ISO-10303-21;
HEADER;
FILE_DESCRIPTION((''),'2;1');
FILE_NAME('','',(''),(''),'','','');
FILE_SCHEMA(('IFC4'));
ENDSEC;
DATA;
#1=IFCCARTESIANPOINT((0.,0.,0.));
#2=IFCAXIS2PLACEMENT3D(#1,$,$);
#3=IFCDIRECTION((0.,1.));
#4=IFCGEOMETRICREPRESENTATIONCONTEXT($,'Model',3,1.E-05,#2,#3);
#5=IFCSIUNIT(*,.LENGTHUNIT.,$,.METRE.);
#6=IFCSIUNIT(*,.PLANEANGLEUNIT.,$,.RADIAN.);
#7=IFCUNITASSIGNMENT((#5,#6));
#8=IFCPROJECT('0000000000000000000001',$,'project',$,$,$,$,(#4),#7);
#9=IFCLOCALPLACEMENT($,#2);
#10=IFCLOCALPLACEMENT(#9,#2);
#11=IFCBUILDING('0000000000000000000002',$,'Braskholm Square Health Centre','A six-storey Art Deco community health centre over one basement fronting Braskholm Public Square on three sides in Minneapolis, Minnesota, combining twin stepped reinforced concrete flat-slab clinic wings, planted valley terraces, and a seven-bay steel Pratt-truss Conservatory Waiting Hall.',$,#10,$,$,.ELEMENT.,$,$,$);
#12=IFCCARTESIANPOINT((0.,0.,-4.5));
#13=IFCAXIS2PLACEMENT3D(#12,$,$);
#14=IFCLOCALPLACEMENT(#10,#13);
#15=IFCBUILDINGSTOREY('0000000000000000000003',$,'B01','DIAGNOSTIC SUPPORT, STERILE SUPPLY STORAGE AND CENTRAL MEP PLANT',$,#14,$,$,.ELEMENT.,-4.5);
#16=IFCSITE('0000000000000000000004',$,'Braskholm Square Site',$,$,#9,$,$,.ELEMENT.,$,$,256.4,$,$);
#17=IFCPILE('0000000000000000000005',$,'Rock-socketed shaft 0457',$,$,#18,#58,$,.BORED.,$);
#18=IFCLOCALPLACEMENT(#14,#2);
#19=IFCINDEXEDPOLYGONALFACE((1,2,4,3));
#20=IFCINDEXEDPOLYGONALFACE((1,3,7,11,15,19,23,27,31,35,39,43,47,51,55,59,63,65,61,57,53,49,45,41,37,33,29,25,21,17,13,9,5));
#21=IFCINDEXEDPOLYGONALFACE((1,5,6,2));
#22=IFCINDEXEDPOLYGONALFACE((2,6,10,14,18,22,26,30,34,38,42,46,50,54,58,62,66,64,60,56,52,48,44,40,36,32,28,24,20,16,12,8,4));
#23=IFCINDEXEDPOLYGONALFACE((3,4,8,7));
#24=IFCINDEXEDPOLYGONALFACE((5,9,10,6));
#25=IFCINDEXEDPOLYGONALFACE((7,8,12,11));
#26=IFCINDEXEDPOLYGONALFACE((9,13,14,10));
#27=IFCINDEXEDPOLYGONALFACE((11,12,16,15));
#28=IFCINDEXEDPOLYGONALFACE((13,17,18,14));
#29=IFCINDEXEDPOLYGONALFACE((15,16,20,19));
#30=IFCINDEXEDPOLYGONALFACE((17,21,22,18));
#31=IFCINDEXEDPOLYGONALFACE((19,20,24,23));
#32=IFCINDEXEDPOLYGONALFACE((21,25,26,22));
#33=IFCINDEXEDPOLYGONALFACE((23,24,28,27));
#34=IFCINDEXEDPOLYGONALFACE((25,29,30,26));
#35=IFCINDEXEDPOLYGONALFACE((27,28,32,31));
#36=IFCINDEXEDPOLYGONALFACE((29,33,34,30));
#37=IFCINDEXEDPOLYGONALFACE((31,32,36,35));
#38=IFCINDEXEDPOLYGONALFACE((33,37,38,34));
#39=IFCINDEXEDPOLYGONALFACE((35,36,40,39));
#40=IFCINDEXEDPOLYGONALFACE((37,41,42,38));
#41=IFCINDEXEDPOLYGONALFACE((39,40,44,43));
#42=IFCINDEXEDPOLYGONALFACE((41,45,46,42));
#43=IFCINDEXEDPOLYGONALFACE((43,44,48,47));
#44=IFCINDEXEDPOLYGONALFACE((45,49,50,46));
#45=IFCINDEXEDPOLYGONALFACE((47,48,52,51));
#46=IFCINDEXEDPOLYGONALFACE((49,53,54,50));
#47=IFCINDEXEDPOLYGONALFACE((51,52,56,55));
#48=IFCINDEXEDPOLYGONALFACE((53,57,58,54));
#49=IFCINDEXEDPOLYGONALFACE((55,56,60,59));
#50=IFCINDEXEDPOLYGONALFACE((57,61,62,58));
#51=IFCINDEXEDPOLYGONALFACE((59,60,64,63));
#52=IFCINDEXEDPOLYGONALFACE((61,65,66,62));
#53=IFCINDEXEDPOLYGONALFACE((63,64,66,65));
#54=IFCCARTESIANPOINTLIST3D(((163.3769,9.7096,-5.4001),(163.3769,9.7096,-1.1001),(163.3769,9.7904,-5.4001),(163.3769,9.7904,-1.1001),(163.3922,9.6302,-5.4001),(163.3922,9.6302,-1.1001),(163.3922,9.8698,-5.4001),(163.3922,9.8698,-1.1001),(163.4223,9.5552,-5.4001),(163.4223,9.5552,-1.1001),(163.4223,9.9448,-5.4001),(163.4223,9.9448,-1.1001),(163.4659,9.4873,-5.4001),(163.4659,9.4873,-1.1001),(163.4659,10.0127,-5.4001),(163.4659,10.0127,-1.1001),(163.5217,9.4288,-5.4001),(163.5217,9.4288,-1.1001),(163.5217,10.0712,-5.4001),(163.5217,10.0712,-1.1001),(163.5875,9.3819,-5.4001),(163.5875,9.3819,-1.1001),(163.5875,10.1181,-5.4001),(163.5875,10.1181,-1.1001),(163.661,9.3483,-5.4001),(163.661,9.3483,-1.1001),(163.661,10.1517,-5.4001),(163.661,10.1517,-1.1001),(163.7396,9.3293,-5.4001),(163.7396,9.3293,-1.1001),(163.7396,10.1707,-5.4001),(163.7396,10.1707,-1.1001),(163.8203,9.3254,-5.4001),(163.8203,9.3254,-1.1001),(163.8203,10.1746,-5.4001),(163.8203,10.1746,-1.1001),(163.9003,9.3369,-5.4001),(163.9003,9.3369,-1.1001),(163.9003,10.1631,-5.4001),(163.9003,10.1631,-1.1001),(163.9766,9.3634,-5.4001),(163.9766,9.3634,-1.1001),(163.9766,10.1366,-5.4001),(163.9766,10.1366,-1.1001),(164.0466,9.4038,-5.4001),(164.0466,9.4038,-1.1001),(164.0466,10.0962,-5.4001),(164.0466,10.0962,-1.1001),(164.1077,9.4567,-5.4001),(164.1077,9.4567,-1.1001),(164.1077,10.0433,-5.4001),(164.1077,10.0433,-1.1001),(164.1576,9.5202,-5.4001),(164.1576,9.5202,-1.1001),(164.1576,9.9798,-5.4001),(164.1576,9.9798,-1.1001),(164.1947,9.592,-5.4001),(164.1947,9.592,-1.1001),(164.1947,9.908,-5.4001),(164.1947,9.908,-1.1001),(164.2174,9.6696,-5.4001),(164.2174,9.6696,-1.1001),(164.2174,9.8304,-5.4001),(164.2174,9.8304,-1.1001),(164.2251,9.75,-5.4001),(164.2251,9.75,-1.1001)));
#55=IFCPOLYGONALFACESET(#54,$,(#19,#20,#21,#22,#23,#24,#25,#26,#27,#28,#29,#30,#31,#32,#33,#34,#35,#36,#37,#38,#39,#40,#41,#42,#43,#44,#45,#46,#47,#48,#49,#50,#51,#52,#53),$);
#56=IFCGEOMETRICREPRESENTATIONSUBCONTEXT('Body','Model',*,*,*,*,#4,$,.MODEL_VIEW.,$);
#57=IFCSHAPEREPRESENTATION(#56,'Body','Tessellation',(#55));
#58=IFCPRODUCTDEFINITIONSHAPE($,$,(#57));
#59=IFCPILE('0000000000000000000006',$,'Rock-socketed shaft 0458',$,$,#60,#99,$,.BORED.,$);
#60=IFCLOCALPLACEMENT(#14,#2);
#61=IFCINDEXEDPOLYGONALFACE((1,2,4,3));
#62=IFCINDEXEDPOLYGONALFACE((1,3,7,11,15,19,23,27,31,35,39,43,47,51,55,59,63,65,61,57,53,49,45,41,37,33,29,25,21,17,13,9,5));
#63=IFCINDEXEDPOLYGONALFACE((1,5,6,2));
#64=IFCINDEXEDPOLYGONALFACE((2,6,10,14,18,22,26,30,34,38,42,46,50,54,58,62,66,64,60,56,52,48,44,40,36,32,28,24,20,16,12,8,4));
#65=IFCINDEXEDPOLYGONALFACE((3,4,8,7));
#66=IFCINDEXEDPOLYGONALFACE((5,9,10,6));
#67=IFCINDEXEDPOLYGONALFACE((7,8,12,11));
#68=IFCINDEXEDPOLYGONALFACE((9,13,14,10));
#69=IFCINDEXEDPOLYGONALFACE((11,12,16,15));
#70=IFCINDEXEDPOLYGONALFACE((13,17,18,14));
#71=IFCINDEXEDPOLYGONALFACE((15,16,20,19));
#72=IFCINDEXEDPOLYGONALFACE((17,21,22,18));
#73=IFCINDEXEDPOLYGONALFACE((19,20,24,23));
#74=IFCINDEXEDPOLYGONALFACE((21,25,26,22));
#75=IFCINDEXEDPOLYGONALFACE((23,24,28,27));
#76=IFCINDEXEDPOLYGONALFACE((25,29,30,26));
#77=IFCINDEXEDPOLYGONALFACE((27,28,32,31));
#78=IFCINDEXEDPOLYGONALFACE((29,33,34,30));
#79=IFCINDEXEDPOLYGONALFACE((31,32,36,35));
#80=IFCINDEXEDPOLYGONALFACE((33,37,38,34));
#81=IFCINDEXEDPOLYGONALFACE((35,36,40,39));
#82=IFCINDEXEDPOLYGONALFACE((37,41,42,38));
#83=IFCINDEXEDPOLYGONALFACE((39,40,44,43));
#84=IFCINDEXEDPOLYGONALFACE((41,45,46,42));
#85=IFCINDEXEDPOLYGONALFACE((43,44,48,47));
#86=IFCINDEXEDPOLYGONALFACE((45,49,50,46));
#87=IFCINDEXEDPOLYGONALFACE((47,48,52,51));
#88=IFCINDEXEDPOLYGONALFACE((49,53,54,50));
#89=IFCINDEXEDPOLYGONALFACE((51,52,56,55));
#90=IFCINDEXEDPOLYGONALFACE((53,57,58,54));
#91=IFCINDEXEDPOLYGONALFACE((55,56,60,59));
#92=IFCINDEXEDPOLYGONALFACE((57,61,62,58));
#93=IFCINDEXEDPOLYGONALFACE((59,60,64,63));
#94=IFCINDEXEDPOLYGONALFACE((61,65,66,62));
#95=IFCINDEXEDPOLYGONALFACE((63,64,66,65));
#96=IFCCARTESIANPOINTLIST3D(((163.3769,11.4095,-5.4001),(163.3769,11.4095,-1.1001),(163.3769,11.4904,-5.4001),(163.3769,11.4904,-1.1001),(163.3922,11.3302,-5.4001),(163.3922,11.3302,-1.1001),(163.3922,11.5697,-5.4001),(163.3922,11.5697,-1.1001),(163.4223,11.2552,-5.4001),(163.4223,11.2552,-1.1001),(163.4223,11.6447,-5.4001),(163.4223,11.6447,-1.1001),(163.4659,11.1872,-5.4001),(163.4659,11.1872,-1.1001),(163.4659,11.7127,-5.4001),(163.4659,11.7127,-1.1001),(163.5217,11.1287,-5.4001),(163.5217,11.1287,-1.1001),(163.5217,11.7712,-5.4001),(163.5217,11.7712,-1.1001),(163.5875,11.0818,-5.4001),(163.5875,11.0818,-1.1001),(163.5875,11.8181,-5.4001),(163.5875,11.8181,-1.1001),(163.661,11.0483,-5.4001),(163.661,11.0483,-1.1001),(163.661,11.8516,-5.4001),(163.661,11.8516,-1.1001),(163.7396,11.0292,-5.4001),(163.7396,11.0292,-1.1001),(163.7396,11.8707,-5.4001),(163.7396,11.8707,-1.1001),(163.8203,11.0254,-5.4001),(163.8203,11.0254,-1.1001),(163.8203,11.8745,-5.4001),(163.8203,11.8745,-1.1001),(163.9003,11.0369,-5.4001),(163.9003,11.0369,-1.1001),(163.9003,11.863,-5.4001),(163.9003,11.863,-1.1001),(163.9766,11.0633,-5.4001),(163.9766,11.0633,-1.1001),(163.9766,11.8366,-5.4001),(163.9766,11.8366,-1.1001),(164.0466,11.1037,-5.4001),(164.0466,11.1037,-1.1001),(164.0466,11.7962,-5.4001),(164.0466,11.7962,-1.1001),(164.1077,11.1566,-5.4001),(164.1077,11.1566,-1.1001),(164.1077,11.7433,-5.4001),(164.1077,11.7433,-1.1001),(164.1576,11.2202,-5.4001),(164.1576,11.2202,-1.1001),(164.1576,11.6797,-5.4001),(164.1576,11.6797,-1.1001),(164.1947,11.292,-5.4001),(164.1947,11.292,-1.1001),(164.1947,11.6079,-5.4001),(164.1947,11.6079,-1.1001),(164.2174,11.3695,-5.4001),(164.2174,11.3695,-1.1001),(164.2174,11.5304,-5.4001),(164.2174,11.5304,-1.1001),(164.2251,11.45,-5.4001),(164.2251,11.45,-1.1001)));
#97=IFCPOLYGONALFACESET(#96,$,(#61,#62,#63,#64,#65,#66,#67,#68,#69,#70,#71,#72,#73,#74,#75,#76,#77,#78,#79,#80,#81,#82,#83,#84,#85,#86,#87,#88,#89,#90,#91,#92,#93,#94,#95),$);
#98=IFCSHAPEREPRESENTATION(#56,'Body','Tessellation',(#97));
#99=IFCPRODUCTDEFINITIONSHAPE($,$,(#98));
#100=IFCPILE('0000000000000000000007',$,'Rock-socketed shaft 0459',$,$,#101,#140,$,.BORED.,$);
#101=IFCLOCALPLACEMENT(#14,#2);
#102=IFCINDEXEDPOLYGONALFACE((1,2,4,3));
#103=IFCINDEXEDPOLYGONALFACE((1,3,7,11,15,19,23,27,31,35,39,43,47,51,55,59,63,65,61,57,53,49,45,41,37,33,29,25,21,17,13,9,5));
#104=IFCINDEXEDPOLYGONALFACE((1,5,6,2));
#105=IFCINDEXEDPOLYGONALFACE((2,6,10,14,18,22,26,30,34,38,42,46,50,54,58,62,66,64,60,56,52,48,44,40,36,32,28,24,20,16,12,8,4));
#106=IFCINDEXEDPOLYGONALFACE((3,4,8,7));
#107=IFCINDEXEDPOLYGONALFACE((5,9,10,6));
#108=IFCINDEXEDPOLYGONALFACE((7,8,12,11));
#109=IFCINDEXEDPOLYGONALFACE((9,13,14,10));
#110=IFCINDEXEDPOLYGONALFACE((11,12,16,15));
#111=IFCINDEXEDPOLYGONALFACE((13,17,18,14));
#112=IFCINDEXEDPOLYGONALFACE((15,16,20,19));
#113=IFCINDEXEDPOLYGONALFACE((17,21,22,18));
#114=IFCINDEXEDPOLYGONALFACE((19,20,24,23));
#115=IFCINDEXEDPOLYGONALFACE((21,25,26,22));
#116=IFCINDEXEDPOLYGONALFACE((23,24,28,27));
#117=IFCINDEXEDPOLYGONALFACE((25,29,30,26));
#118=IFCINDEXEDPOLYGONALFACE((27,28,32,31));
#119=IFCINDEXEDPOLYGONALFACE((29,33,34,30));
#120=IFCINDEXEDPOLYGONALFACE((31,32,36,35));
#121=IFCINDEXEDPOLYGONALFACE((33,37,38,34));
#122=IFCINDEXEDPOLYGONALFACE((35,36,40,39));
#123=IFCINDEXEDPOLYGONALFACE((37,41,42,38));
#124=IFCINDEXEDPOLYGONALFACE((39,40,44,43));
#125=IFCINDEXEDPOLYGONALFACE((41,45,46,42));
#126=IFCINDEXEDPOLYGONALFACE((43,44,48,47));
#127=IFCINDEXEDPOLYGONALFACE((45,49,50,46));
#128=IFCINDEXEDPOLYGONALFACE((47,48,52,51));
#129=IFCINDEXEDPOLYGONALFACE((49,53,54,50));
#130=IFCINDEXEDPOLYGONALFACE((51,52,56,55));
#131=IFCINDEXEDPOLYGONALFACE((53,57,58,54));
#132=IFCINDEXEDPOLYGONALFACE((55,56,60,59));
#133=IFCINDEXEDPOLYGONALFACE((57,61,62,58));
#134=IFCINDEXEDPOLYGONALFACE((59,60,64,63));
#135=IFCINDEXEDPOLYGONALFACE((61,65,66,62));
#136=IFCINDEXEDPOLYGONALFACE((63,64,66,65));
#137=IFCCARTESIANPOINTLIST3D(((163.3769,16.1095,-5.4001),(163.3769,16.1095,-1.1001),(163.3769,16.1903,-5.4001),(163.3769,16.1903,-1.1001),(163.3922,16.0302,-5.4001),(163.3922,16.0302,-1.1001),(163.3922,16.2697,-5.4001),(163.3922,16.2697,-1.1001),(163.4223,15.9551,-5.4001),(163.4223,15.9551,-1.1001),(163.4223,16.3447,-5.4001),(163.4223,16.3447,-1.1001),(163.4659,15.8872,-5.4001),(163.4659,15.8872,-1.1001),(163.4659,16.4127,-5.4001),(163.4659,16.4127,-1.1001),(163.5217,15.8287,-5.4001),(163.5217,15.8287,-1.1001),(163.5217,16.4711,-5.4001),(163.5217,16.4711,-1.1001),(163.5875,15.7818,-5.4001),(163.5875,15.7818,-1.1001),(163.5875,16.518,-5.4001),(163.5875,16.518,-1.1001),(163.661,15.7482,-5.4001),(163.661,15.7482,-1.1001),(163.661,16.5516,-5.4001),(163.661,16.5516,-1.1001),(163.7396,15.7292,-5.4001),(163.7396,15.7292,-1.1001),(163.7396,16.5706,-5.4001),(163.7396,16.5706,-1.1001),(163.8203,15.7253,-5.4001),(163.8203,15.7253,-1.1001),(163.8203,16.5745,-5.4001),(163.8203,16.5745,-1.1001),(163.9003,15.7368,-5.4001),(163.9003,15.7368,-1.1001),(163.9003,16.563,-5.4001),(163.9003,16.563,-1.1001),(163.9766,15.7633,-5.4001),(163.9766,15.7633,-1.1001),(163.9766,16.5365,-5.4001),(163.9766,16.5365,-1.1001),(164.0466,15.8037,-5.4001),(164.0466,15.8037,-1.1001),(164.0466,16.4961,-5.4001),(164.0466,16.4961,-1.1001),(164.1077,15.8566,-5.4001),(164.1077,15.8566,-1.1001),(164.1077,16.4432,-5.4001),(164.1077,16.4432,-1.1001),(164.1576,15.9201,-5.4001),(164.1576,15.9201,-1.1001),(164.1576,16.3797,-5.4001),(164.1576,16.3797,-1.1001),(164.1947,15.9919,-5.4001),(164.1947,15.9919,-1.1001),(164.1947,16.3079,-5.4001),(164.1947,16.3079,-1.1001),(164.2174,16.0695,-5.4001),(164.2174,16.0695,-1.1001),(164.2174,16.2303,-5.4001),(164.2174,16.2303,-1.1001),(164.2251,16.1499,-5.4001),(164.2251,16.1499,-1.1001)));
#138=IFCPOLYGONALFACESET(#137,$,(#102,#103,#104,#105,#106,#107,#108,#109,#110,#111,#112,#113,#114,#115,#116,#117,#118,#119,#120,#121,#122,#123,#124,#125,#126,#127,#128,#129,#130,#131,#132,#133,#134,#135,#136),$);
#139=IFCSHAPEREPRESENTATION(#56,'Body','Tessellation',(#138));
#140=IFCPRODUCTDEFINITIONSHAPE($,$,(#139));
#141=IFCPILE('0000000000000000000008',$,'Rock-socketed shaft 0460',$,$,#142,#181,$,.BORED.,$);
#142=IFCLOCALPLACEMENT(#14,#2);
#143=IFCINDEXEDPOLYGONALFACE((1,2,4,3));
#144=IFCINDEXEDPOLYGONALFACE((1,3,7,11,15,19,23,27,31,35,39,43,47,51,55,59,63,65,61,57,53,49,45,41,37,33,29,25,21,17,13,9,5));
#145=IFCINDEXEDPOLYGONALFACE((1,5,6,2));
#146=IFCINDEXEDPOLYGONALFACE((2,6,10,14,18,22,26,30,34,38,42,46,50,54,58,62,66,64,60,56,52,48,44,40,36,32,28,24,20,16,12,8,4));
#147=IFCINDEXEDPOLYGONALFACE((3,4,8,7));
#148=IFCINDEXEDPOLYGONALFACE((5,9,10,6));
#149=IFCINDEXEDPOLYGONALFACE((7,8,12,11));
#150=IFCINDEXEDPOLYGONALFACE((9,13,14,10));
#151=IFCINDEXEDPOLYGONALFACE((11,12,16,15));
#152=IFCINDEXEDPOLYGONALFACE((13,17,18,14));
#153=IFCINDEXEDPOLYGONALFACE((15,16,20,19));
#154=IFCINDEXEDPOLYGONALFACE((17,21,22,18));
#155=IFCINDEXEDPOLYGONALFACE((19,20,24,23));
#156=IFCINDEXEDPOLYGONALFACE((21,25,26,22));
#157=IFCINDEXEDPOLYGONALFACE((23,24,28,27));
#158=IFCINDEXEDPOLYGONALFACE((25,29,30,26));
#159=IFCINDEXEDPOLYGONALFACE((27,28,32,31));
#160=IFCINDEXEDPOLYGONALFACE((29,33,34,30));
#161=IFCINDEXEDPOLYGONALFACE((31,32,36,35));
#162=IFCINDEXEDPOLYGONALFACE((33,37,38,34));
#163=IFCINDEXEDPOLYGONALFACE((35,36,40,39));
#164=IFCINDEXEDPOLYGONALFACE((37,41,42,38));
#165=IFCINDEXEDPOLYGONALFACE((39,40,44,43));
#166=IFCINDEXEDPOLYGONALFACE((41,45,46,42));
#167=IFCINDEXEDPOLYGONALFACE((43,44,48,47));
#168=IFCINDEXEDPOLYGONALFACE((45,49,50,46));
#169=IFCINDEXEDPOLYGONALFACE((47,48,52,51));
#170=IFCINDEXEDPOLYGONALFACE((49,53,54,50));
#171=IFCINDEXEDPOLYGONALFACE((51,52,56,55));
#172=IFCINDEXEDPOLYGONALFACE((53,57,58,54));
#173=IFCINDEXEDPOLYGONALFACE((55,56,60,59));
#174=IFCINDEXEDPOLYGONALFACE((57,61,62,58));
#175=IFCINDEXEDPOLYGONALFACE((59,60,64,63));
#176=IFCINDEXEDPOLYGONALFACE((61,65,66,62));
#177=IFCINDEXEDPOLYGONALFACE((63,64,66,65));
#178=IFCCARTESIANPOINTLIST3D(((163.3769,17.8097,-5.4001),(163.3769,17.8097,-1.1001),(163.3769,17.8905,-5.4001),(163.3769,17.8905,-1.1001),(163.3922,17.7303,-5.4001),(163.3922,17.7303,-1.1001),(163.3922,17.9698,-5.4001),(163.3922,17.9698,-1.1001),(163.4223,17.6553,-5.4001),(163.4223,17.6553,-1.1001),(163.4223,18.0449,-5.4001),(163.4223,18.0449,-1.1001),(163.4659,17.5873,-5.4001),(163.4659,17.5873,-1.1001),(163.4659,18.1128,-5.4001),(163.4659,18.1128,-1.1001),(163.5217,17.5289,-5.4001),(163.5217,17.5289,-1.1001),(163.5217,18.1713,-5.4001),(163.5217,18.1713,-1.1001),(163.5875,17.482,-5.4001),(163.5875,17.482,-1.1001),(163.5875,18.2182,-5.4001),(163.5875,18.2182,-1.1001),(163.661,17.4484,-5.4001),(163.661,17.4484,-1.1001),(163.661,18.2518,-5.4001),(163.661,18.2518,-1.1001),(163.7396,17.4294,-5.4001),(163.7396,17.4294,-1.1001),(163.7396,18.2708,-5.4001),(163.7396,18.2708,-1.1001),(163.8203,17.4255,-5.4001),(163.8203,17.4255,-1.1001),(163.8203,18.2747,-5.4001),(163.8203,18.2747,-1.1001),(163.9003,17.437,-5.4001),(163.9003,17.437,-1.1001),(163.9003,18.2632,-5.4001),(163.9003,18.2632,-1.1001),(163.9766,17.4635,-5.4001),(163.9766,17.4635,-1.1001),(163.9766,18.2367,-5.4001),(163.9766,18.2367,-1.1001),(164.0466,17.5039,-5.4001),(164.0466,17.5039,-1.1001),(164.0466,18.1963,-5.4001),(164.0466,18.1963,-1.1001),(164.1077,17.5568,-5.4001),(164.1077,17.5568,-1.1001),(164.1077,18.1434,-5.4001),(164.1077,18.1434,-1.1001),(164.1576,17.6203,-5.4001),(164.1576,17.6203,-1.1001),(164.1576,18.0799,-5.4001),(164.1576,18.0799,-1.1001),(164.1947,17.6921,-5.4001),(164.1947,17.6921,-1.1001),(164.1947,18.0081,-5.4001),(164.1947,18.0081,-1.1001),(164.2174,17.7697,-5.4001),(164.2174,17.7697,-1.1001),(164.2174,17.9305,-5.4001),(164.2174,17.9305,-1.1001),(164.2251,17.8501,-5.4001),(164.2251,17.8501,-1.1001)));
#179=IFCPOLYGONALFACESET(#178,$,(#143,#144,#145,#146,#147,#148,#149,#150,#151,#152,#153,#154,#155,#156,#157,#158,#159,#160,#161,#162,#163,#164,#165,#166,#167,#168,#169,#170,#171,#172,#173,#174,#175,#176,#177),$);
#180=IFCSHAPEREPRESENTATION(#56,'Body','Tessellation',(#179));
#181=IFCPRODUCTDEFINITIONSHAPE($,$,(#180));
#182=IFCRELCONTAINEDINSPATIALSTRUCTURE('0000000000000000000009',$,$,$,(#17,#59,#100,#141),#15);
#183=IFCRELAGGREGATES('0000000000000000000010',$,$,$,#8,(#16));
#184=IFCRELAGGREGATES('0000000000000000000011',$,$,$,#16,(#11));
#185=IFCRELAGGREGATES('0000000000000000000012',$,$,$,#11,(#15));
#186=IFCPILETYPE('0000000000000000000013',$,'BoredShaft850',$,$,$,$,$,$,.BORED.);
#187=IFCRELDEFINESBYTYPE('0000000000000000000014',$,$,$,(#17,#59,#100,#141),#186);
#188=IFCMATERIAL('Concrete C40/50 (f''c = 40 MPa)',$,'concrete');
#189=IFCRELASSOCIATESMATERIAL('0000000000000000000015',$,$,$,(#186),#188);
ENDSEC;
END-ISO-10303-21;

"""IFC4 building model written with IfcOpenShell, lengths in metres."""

from ifc_helpers import new_model, si_unit, direction, frame, origin, origin_2d, place, context, subcontext, project, spatial, circle, extrude, material, material_profile, profile_set, type_object, element, save


model = new_model("IFC4")

# Units and contexts
model_context = context("Model", 3, precision=1e-05, world=origin(), true_north=direction((0.0, 1.0)))
body_context = subcontext(model_context, "Body", "Model", "MODEL_VIEW")
ifc_project = project(units=[si_unit("LENGTHUNIT", "METRE"), si_unit("PLANEANGLEUNIT", "RADIAN")], contexts=[model_context])

# Site, building, storey
site_placement = place(None, origin())
site = spatial("IfcSite", under=ifc_project, at=site_placement, Name="Braskholm Square Site", CompositionType="ELEMENT", RefElevation=256.4)
building_placement = place(site_placement, origin())
building = spatial("IfcBuilding", under=site, at=building_placement, Name="Braskholm Square Health Centre", Description="A six-storey Art Deco community health centre over one basement fronting Braskholm Public Square on three sides in Minneapolis, Minnesota, combining twin stepped reinforced concrete flat-slab clinic wings, planted valley terraces, and a seven-bay steel Pratt-truss Conservatory Waiting Hall.", CompositionType="ELEMENT")
storey_placement = place(building_placement, frame((0.0, 0.0, -4.5)))
storey = spatial("IfcBuildingStorey", under=building, at=storey_placement, Name="B01", Description="DIAGNOSTIC SUPPORT, STERILE SUPPLY STORAGE AND CENTRAL MEP PLANT", CompositionType="ELEMENT", Elevation=-4.5)

# Piles
ifc_material_1 = material(Name="Concrete C40/50 (f'c = 40 MPa)", Category="concrete")
ifc_material_profile_1 = material_profile(ifc_material_1, circle(Radius=0.425, at=origin_2d()), Name="BORED-PILE-850")
ifc_profile_set_1 = profile_set([ifc_material_profile_1], Name="Concrete C40/50 (f'c = 40 MPa)")
pile_type_1 = type_object("IfcPileType", Name="BoredShaft850", PredefinedType="BORED", material=ifc_profile_set_1)
for number, where, z_axis, x_axis, name in (
    (1, (163.8, 9.75, -1.1001), (0.0, 0.0, -1.0), (1.0, 0.0, 0.0), "Rock-socketed shaft 0457"),
    (2, (163.8, 11.45, -1.1001), (0.0, 0.0, -1.0), (1.0, 0.0, 0.0), "Rock-socketed shaft 0458"),
    (3, (163.8, 16.1499, -1.1001), (0.0, 0.0, -1.0), (1.0, 0.0, 0.0), "Rock-socketed shaft 0459"),
    (4, (163.8, 17.8501, -1.1001), (0.0, 0.0, -1.0), (1.0, 0.0, 0.0), "Rock-socketed shaft 0460"),
):
    element("IfcPile", number, at=place(storey_placement, frame(where, z_axis=z_axis, x_axis=x_axis)), inside=storey, type_object=pile_type_1, Name=name, PredefinedType="BORED", context=body_context, shape_type="SweptSolid", body=[
        extrude(circle(Radius=0.425, at=origin_2d()), origin(), (0.0, 0.0, 1.0), 4.3),
    ])

save(model, "model.ifc")
